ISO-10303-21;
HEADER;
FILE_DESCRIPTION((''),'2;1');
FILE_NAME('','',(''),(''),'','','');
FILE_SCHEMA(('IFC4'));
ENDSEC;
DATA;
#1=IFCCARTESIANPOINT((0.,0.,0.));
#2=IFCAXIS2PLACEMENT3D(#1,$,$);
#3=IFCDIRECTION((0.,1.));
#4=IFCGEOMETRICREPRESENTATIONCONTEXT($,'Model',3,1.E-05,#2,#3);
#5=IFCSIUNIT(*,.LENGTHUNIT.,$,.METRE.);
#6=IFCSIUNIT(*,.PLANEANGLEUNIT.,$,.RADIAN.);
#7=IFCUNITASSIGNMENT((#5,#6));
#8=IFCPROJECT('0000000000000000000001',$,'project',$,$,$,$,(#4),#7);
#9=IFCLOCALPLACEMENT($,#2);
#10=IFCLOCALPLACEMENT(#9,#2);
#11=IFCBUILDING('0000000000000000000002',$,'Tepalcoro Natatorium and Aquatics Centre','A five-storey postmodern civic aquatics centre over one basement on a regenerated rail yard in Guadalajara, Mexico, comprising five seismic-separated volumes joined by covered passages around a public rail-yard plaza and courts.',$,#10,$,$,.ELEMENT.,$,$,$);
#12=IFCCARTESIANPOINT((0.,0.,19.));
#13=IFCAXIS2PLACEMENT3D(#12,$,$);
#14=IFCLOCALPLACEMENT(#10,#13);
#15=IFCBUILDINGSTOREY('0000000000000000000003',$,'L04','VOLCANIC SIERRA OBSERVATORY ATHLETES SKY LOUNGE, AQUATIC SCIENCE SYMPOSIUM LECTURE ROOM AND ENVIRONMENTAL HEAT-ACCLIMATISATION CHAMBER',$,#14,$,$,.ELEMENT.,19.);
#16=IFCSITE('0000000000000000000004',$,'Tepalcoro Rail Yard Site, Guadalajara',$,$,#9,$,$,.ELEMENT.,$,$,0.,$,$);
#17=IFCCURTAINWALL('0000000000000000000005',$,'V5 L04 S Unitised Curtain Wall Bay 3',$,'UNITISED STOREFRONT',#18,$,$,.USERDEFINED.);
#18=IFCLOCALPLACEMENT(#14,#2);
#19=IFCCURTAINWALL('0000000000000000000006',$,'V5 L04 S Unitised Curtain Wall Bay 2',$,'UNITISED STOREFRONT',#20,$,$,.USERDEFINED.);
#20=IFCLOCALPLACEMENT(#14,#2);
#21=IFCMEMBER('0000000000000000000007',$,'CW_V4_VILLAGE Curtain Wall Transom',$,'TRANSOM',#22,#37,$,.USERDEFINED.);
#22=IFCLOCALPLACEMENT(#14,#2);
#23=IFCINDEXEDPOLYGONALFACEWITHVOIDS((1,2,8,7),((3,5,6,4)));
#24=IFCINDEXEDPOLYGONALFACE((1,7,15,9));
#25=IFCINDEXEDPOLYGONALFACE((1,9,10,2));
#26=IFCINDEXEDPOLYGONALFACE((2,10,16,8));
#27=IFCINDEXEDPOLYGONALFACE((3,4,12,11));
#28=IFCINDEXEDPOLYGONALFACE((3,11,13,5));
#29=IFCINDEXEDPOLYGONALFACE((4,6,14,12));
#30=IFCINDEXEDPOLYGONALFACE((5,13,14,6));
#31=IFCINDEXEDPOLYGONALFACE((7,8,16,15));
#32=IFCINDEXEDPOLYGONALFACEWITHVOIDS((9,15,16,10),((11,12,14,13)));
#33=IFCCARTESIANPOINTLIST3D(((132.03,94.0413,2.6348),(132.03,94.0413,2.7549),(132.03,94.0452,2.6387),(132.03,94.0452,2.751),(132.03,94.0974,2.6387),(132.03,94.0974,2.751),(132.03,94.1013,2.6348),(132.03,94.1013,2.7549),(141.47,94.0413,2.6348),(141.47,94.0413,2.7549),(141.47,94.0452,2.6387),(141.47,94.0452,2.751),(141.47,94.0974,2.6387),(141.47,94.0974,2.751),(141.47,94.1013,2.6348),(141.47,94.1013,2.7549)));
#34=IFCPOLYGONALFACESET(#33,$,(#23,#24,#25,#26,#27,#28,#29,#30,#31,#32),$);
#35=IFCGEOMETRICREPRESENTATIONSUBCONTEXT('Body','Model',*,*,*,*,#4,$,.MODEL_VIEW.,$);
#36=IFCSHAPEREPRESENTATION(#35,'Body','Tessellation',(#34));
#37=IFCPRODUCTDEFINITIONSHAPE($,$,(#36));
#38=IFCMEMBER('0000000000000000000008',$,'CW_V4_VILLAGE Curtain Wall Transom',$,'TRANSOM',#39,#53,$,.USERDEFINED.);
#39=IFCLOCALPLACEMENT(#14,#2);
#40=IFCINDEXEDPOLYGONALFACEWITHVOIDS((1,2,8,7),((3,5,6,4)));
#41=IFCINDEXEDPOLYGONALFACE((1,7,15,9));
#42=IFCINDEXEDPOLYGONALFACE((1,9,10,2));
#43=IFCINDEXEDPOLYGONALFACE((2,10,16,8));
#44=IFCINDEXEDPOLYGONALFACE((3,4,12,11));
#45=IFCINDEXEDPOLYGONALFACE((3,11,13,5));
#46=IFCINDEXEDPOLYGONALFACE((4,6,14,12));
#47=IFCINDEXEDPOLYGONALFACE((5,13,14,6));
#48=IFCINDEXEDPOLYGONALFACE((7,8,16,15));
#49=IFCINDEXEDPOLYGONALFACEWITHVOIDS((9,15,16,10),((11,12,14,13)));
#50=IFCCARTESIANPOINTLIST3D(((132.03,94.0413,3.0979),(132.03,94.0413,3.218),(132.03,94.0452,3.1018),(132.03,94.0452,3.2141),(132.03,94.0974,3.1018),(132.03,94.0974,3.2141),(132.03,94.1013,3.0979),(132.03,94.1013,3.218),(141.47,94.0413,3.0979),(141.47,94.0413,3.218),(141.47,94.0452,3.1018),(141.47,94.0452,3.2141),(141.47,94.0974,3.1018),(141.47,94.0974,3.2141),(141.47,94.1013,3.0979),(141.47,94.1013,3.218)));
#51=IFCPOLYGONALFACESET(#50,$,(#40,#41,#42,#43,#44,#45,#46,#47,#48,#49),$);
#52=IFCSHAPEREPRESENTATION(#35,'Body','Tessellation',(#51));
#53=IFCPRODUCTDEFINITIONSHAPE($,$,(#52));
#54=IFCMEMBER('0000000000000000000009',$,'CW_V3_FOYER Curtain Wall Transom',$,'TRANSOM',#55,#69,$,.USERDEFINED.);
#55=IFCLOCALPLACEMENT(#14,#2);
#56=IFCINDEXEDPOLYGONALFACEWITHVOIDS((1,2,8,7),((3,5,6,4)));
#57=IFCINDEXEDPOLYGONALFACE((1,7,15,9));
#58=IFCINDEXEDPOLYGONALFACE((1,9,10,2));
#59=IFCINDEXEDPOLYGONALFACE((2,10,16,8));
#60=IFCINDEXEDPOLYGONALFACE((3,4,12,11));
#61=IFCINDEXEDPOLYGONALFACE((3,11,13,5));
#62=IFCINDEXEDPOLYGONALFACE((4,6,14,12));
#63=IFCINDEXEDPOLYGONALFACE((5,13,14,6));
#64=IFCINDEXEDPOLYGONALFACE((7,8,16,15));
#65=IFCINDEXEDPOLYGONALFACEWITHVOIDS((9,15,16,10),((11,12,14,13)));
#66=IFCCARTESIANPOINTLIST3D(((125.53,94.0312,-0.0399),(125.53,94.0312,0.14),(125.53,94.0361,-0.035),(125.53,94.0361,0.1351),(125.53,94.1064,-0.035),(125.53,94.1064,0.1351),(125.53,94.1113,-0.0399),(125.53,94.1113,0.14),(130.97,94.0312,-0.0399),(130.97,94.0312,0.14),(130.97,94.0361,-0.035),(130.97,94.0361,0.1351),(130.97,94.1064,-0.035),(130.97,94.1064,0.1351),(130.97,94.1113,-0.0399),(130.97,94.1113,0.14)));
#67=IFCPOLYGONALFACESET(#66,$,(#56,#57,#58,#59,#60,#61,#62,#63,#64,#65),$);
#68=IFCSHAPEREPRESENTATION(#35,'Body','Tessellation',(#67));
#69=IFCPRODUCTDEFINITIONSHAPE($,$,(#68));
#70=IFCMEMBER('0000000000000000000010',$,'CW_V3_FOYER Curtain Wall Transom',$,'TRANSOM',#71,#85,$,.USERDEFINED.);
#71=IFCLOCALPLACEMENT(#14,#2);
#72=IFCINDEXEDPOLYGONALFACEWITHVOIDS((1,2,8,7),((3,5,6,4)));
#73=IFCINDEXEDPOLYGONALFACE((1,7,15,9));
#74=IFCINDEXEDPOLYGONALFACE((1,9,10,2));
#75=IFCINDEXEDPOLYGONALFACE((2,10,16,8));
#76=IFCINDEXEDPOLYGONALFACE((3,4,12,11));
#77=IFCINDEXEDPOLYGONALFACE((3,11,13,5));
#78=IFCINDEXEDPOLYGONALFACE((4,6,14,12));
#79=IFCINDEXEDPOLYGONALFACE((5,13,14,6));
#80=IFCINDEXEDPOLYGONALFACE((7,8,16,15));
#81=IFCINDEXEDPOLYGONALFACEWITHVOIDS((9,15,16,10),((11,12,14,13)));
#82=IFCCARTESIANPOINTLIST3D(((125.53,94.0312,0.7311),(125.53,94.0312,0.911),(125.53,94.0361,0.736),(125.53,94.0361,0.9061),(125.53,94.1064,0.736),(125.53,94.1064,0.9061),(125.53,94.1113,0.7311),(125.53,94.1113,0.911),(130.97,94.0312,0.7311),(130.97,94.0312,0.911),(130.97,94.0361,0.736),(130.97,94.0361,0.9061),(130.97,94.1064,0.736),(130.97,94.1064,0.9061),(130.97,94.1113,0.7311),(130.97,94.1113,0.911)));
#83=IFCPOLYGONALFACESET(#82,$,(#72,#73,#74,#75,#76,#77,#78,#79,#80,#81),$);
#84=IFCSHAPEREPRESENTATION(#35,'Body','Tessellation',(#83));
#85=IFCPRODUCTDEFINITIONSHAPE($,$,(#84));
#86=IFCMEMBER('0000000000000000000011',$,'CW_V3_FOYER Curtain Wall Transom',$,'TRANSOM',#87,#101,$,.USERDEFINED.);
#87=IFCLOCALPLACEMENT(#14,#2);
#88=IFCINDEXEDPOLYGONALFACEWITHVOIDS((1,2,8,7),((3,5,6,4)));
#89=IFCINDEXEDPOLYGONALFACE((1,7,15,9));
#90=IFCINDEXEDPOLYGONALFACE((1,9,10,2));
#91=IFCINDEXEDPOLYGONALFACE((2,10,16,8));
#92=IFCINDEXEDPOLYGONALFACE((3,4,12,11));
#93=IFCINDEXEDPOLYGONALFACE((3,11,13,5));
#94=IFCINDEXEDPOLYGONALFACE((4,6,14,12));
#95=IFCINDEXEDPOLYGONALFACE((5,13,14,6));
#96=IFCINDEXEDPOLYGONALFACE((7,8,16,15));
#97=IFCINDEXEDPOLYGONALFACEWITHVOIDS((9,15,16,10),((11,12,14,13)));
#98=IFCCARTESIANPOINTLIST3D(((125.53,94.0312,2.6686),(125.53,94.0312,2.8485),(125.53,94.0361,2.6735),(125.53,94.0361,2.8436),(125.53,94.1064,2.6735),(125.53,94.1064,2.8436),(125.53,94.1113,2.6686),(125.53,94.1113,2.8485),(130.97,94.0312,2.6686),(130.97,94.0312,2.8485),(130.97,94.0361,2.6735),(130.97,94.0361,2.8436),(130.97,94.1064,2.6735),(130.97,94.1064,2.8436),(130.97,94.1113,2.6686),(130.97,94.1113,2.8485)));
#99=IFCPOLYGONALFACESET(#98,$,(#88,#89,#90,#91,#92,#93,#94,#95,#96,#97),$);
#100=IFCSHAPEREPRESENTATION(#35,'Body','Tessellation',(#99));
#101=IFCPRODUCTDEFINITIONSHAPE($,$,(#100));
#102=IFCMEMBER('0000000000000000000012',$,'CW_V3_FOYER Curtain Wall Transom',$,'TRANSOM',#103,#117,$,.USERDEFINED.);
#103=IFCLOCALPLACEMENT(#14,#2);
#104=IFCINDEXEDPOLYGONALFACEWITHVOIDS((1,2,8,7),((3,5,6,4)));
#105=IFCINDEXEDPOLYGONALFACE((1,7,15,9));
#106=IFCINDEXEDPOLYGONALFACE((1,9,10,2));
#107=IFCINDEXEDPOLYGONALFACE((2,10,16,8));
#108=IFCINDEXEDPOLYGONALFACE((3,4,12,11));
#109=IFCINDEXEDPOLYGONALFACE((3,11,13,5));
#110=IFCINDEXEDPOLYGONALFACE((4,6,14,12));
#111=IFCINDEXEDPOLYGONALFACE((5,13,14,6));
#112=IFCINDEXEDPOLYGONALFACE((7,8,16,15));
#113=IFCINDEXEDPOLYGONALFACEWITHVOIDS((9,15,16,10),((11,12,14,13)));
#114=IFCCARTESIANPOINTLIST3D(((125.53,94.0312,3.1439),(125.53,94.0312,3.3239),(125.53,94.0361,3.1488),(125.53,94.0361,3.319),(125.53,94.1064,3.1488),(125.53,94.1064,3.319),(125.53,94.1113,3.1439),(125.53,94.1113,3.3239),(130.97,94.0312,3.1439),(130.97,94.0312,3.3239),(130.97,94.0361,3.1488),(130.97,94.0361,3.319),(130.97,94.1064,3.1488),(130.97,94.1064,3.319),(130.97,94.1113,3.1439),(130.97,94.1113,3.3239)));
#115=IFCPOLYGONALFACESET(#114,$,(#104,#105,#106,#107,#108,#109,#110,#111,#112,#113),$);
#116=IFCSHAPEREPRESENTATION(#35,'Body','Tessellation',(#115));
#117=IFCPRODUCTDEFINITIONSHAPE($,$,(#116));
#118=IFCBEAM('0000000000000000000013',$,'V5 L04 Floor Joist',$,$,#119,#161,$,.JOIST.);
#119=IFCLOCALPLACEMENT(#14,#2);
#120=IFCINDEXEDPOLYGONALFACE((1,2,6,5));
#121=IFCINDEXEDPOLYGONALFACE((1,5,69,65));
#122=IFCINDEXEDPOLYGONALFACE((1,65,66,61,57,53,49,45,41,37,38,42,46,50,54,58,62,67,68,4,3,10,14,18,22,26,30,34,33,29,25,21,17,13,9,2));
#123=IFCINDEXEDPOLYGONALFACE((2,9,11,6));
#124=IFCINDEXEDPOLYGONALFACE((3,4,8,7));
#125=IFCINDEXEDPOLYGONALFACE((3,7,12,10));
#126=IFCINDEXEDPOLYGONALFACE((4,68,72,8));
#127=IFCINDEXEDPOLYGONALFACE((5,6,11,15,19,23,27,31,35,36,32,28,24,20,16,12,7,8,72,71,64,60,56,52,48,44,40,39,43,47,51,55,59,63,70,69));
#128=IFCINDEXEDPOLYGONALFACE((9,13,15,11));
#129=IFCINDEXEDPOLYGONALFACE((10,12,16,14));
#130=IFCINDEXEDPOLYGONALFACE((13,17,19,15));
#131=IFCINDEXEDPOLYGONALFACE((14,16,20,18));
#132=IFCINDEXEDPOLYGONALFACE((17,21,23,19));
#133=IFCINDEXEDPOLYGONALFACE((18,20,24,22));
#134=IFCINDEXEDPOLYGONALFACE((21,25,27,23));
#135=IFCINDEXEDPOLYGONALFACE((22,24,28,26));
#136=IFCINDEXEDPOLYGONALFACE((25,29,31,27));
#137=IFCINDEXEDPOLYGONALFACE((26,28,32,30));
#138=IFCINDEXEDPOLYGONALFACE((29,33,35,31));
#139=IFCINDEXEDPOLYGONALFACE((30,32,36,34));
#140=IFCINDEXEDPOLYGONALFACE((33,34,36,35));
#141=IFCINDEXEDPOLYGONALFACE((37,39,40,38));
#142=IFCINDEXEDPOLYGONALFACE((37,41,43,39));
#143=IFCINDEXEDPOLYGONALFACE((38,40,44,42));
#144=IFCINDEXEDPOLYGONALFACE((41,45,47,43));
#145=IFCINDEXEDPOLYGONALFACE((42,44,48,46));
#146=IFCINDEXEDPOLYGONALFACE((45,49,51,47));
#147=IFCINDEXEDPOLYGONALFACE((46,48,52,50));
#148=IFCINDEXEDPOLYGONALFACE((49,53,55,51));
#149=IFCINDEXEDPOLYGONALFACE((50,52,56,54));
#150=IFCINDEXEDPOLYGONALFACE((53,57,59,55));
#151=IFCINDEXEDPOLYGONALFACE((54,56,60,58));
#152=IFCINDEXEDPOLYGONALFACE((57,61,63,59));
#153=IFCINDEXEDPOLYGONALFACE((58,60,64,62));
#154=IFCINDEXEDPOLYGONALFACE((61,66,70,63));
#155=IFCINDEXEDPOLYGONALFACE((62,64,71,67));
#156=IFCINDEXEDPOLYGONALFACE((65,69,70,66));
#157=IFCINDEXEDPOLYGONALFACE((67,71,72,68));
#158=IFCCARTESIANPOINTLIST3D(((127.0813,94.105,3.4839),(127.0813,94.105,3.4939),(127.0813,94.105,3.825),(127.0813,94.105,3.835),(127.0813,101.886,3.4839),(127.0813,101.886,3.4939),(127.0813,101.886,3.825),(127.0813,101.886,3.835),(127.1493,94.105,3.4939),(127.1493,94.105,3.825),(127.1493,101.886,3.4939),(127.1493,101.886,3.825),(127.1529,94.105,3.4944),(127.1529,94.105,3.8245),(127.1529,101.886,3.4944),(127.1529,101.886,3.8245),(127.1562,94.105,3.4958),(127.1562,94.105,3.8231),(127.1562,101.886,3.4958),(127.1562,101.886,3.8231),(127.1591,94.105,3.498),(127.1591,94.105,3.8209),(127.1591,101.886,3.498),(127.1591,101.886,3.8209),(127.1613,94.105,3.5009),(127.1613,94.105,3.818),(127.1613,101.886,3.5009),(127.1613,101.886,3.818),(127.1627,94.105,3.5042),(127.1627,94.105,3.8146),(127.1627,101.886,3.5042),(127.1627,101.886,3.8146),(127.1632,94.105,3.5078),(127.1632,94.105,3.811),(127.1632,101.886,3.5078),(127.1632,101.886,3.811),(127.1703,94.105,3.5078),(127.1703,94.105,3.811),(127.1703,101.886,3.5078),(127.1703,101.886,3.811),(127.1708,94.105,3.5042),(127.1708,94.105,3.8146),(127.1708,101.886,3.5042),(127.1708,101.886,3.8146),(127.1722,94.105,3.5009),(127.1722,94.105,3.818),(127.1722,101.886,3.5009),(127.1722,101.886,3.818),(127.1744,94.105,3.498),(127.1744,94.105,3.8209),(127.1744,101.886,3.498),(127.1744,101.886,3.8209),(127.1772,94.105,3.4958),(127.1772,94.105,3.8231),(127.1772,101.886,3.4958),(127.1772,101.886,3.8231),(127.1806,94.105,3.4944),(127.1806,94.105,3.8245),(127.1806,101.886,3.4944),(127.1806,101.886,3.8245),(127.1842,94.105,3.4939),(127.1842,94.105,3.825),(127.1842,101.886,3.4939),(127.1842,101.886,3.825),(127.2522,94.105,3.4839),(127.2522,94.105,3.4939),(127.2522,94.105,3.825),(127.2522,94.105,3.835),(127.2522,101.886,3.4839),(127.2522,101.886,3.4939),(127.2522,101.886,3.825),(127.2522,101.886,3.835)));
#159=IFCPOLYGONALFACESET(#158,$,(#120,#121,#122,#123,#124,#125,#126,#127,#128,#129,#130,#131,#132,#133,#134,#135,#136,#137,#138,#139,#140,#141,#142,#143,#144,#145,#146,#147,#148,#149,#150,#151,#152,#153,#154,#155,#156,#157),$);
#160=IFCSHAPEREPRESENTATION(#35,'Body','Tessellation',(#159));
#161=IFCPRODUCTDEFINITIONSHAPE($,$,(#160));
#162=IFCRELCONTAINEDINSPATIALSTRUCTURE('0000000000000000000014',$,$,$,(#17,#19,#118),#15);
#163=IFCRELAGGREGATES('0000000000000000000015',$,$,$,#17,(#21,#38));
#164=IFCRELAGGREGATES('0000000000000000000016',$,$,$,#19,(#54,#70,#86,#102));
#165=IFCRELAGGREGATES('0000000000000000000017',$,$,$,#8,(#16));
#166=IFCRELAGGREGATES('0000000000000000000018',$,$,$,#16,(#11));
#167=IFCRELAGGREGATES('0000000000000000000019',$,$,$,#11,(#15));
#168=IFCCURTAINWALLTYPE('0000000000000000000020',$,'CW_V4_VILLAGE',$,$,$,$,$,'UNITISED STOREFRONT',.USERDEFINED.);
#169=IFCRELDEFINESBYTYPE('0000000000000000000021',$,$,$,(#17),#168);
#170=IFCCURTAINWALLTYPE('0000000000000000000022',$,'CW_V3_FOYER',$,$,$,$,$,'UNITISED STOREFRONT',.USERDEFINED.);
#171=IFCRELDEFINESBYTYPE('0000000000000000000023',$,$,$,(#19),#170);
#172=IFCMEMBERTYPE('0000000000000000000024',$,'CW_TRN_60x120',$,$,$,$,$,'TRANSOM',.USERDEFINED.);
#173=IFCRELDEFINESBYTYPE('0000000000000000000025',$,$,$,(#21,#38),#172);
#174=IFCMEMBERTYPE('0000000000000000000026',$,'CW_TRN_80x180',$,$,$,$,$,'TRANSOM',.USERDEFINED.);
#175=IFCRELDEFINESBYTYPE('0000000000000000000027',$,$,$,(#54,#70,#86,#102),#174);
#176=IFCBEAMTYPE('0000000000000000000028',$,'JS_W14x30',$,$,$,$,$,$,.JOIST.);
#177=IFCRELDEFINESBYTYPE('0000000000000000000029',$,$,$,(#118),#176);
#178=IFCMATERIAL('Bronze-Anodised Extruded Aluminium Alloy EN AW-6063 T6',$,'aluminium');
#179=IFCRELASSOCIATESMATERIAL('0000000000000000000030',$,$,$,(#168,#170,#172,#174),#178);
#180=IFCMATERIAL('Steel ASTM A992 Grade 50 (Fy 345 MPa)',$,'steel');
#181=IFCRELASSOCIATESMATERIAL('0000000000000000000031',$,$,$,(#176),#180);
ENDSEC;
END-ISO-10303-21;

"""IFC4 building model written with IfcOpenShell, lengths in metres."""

from ifc_helpers import new_model, si_unit, direction, frame, origin, origin_2d, place, context, subcontext, project, spatial, hollow_rectangle, i_section, extrude, material, material_profile, profile_set, type_object, element, aggregate, save


model = new_model("IFC4")

# Units and contexts
model_context = context("Model", 3, precision=1e-05, world=origin(), true_north=direction((0.0, 1.0)))
body_context = subcontext(model_context, "Body", "Model", "MODEL_VIEW")
ifc_project = project(units=[si_unit("LENGTHUNIT", "METRE"), si_unit("PLANEANGLEUNIT", "RADIAN")], contexts=[model_context])

# Site, building, storey
site_placement = place(None, origin())
site = spatial("IfcSite", under=ifc_project, at=site_placement, Name="Tepalcoro Rail Yard Site, Guadalajara", CompositionType="ELEMENT", RefElevation=0.0)
building_placement = place(site_placement, origin())
building = spatial("IfcBuilding", under=site, at=building_placement, Name="Tepalcoro Natatorium and Aquatics Centre", Description="A five-storey postmodern civic aquatics centre over one basement on a regenerated rail yard in Guadalajara, Mexico, comprising five seismic-separated volumes joined by covered passages around a public rail-yard plaza and courts.", CompositionType="ELEMENT")
storey_placement = place(building_placement, frame((0.0, 0.0, 19.0)))
storey = spatial("IfcBuildingStorey", under=building, at=storey_placement, Name="L04", Description="VOLCANIC SIERRA OBSERVATORY ATHLETES SKY LOUNGE, AQUATIC SCIENCE SYMPOSIUM LECTURE ROOM AND ENVIRONMENTAL HEAT-ACCLIMATISATION CHAMBER", CompositionType="ELEMENT", Elevation=19.0)

# Shared definitions
ifc_material_1 = material(Name="Steel ASTM A992 Grade 50 (Fy 345 MPa)", Category="steel")

# Curtain wall
ifc_material_2 = material(Name="Bronze-Anodised Extruded Aluminium Alloy EN AW-6063 T6", Category="aluminium")
curtain_wall_type_1 = type_object("IfcCurtainWallType", Name="CW_V4_VILLAGE", ElementType="UNITISED STOREFRONT", PredefinedType="USERDEFINED", material=ifc_material_2)
curtain_wall_1_placement = place(storey_placement, origin())
curtain_wall_1 = element("IfcCurtainWall", 1, at=curtain_wall_1_placement, inside=storey, type_object=curtain_wall_type_1, Name="V5 L04 S Unitised Curtain Wall Bay 3", ObjectType="UNITISED STOREFRONT", PredefinedType="USERDEFINED")

# Curtain wall
curtain_wall_type_2 = type_object("IfcCurtainWallType", Name="CW_V3_FOYER", ElementType="UNITISED STOREFRONT", PredefinedType="USERDEFINED", material=ifc_material_2)
curtain_wall_2_placement = place(storey_placement, origin())
curtain_wall_2 = element("IfcCurtainWall", 2, at=curtain_wall_2_placement, inside=storey, type_object=curtain_wall_type_2, Name="V5 L04 S Unitised Curtain Wall Bay 2", ObjectType="UNITISED STOREFRONT", PredefinedType="USERDEFINED")

# Members
ifc_material_profile_1 = material_profile(ifc_material_2, hollow_rectangle(XDim=0.0601, YDim=0.1201, WallThickness=0.0039, at=origin_2d()), Name="AL60X120X4")
ifc_profile_set_1 = profile_set([ifc_material_profile_1], Name="Bronze-Anodised Extruded Aluminium Alloy EN AW-6063 T6")
member_type_1 = type_object("IfcMemberType", Name="CW_TRN_60x120", ElementType="TRANSOM", PredefinedType="USERDEFINED", material=ifc_profile_set_1)
member_1_placement = place(storey_placement, frame((132.03, 94.0713, 2.6948), z_axis=(1.0, 0.0, 0.0), x_axis=(0.0, 1.0, 0.0)))
member_1 = element("IfcMember", 3, at=member_1_placement, type_object=member_type_1, Name="CW_V4_VILLAGE Curtain Wall Transom", ObjectType="TRANSOM", PredefinedType="USERDEFINED", context=body_context, shape_type="SweptSolid", body=[
    extrude(hollow_rectangle(XDim=0.0601, YDim=0.1201, WallThickness=0.0039, at=origin_2d()), origin(), (0.0, 0.0, 1.0), 9.4399),
])
member_2_placement = place(storey_placement, frame((132.03, 94.0713, 3.158), z_axis=(1.0, 0.0, 0.0), x_axis=(0.0, 1.0, 0.0)))
member_2 = element("IfcMember", 4, at=member_2_placement, type_object=member_type_1, Name="CW_V4_VILLAGE Curtain Wall Transom", ObjectType="TRANSOM", PredefinedType="USERDEFINED", context=body_context, shape_type="SweptSolid", body=[
    extrude(hollow_rectangle(XDim=0.0601, YDim=0.1201, WallThickness=0.0039, at=origin_2d()), origin(), (0.0, 0.0, 1.0), 9.4399),
])
ifc_material_profile_2 = material_profile(ifc_material_2, hollow_rectangle(XDim=0.0801, YDim=0.1799, WallThickness=0.0049, at=origin_2d()), Name="AL80X180X5")
ifc_profile_set_2 = profile_set([ifc_material_profile_2], Name="Bronze-Anodised Extruded Aluminium Alloy EN AW-6063 T6")
member_type_2 = type_object("IfcMemberType", Name="CW_TRN_80x180", ElementType="TRANSOM", PredefinedType="USERDEFINED", material=ifc_profile_set_2)
member_3_placement = place(storey_placement, frame((125.53, 94.0713, 0.05), z_axis=(1.0, 0.0, 0.0), x_axis=(0.0, 1.0, 0.0)))
member_3 = element("IfcMember", 5, at=member_3_placement, type_object=member_type_2, Name="CW_V3_FOYER Curtain Wall Transom", ObjectType="TRANSOM", PredefinedType="USERDEFINED", context=body_context, shape_type="SweptSolid", body=[
    extrude(hollow_rectangle(XDim=0.0801, YDim=0.1799, WallThickness=0.0049, at=origin_2d()), origin(), (0.0, 0.0, 1.0), 5.4399),
])
member_4_placement = place(storey_placement, frame((125.53, 94.0713, 0.821), z_axis=(1.0, 0.0, 0.0), x_axis=(0.0, 1.0, 0.0)))
member_4 = element("IfcMember", 6, at=member_4_placement, type_object=member_type_2, Name="CW_V3_FOYER Curtain Wall Transom", ObjectType="TRANSOM", PredefinedType="USERDEFINED", context=body_context, shape_type="SweptSolid", body=[
    extrude(hollow_rectangle(XDim=0.0801, YDim=0.1799, WallThickness=0.0049, at=origin_2d()), origin(), (0.0, 0.0, 1.0), 5.4399),
])
member_5_placement = place(storey_placement, frame((125.53, 94.0713, 2.7585), z_axis=(1.0, 0.0, 0.0), x_axis=(0.0, 1.0, 0.0)))
member_5 = element("IfcMember", 7, at=member_5_placement, type_object=member_type_2, Name="CW_V3_FOYER Curtain Wall Transom", ObjectType="TRANSOM", PredefinedType="USERDEFINED", context=body_context, shape_type="SweptSolid", body=[
    extrude(hollow_rectangle(XDim=0.0801, YDim=0.1799, WallThickness=0.0049, at=origin_2d()), origin(), (0.0, 0.0, 1.0), 5.4399),
])
member_6_placement = place(storey_placement, frame((125.53, 94.0713, 3.2339), z_axis=(1.0, 0.0, 0.0), x_axis=(0.0, 1.0, 0.0)))
member_6 = element("IfcMember", 8, at=member_6_placement, type_object=member_type_2, Name="CW_V3_FOYER Curtain Wall Transom", ObjectType="TRANSOM", PredefinedType="USERDEFINED", context=body_context, shape_type="SweptSolid", body=[
    extrude(hollow_rectangle(XDim=0.0801, YDim=0.1799, WallThickness=0.0049, at=origin_2d()), origin(), (0.0, 0.0, 1.0), 5.4399),
])

# Beam
ifc_material_profile_3 = material_profile(ifc_material_1, i_section(OverallWidth=0.1709, OverallDepth=0.3511, WebThickness=0.0071, FlangeThickness=0.01, FilletRadius=0.0139, at=origin_2d()), Name="W14X30")
ifc_profile_set_3 = profile_set([ifc_material_profile_3], Name="Steel ASTM A992 Grade 50 (Fy 345 MPa)")
beam_type_1 = type_object("IfcBeamType", Name="JS_W14x30", PredefinedType="JOIST", material=ifc_profile_set_3)
beam_1_placement = place(storey_placement, frame((127.1667, 94.105, 3.6594), z_axis=(0.0, 1.0, 0.0), x_axis=(-1.0, 0.0, 0.0)))
element("IfcBeam", 9, at=beam_1_placement, inside=storey, type_object=beam_type_1, Name="V5 L04 Floor Joist", PredefinedType="JOIST", context=body_context, shape_type="SweptSolid", body=[
    extrude(i_section(OverallWidth=0.1709, OverallDepth=0.3511, WebThickness=0.0071, FlangeThickness=0.01, FilletRadius=0.0139, at=origin_2d()), origin(), (0.0, 0.0, 1.0), 7.781),
])

aggregate(curtain_wall_1, [member_1, member_2])
aggregate(curtain_wall_2, [member_3, member_4, member_5, member_6])

save(model, "model.ifc")
